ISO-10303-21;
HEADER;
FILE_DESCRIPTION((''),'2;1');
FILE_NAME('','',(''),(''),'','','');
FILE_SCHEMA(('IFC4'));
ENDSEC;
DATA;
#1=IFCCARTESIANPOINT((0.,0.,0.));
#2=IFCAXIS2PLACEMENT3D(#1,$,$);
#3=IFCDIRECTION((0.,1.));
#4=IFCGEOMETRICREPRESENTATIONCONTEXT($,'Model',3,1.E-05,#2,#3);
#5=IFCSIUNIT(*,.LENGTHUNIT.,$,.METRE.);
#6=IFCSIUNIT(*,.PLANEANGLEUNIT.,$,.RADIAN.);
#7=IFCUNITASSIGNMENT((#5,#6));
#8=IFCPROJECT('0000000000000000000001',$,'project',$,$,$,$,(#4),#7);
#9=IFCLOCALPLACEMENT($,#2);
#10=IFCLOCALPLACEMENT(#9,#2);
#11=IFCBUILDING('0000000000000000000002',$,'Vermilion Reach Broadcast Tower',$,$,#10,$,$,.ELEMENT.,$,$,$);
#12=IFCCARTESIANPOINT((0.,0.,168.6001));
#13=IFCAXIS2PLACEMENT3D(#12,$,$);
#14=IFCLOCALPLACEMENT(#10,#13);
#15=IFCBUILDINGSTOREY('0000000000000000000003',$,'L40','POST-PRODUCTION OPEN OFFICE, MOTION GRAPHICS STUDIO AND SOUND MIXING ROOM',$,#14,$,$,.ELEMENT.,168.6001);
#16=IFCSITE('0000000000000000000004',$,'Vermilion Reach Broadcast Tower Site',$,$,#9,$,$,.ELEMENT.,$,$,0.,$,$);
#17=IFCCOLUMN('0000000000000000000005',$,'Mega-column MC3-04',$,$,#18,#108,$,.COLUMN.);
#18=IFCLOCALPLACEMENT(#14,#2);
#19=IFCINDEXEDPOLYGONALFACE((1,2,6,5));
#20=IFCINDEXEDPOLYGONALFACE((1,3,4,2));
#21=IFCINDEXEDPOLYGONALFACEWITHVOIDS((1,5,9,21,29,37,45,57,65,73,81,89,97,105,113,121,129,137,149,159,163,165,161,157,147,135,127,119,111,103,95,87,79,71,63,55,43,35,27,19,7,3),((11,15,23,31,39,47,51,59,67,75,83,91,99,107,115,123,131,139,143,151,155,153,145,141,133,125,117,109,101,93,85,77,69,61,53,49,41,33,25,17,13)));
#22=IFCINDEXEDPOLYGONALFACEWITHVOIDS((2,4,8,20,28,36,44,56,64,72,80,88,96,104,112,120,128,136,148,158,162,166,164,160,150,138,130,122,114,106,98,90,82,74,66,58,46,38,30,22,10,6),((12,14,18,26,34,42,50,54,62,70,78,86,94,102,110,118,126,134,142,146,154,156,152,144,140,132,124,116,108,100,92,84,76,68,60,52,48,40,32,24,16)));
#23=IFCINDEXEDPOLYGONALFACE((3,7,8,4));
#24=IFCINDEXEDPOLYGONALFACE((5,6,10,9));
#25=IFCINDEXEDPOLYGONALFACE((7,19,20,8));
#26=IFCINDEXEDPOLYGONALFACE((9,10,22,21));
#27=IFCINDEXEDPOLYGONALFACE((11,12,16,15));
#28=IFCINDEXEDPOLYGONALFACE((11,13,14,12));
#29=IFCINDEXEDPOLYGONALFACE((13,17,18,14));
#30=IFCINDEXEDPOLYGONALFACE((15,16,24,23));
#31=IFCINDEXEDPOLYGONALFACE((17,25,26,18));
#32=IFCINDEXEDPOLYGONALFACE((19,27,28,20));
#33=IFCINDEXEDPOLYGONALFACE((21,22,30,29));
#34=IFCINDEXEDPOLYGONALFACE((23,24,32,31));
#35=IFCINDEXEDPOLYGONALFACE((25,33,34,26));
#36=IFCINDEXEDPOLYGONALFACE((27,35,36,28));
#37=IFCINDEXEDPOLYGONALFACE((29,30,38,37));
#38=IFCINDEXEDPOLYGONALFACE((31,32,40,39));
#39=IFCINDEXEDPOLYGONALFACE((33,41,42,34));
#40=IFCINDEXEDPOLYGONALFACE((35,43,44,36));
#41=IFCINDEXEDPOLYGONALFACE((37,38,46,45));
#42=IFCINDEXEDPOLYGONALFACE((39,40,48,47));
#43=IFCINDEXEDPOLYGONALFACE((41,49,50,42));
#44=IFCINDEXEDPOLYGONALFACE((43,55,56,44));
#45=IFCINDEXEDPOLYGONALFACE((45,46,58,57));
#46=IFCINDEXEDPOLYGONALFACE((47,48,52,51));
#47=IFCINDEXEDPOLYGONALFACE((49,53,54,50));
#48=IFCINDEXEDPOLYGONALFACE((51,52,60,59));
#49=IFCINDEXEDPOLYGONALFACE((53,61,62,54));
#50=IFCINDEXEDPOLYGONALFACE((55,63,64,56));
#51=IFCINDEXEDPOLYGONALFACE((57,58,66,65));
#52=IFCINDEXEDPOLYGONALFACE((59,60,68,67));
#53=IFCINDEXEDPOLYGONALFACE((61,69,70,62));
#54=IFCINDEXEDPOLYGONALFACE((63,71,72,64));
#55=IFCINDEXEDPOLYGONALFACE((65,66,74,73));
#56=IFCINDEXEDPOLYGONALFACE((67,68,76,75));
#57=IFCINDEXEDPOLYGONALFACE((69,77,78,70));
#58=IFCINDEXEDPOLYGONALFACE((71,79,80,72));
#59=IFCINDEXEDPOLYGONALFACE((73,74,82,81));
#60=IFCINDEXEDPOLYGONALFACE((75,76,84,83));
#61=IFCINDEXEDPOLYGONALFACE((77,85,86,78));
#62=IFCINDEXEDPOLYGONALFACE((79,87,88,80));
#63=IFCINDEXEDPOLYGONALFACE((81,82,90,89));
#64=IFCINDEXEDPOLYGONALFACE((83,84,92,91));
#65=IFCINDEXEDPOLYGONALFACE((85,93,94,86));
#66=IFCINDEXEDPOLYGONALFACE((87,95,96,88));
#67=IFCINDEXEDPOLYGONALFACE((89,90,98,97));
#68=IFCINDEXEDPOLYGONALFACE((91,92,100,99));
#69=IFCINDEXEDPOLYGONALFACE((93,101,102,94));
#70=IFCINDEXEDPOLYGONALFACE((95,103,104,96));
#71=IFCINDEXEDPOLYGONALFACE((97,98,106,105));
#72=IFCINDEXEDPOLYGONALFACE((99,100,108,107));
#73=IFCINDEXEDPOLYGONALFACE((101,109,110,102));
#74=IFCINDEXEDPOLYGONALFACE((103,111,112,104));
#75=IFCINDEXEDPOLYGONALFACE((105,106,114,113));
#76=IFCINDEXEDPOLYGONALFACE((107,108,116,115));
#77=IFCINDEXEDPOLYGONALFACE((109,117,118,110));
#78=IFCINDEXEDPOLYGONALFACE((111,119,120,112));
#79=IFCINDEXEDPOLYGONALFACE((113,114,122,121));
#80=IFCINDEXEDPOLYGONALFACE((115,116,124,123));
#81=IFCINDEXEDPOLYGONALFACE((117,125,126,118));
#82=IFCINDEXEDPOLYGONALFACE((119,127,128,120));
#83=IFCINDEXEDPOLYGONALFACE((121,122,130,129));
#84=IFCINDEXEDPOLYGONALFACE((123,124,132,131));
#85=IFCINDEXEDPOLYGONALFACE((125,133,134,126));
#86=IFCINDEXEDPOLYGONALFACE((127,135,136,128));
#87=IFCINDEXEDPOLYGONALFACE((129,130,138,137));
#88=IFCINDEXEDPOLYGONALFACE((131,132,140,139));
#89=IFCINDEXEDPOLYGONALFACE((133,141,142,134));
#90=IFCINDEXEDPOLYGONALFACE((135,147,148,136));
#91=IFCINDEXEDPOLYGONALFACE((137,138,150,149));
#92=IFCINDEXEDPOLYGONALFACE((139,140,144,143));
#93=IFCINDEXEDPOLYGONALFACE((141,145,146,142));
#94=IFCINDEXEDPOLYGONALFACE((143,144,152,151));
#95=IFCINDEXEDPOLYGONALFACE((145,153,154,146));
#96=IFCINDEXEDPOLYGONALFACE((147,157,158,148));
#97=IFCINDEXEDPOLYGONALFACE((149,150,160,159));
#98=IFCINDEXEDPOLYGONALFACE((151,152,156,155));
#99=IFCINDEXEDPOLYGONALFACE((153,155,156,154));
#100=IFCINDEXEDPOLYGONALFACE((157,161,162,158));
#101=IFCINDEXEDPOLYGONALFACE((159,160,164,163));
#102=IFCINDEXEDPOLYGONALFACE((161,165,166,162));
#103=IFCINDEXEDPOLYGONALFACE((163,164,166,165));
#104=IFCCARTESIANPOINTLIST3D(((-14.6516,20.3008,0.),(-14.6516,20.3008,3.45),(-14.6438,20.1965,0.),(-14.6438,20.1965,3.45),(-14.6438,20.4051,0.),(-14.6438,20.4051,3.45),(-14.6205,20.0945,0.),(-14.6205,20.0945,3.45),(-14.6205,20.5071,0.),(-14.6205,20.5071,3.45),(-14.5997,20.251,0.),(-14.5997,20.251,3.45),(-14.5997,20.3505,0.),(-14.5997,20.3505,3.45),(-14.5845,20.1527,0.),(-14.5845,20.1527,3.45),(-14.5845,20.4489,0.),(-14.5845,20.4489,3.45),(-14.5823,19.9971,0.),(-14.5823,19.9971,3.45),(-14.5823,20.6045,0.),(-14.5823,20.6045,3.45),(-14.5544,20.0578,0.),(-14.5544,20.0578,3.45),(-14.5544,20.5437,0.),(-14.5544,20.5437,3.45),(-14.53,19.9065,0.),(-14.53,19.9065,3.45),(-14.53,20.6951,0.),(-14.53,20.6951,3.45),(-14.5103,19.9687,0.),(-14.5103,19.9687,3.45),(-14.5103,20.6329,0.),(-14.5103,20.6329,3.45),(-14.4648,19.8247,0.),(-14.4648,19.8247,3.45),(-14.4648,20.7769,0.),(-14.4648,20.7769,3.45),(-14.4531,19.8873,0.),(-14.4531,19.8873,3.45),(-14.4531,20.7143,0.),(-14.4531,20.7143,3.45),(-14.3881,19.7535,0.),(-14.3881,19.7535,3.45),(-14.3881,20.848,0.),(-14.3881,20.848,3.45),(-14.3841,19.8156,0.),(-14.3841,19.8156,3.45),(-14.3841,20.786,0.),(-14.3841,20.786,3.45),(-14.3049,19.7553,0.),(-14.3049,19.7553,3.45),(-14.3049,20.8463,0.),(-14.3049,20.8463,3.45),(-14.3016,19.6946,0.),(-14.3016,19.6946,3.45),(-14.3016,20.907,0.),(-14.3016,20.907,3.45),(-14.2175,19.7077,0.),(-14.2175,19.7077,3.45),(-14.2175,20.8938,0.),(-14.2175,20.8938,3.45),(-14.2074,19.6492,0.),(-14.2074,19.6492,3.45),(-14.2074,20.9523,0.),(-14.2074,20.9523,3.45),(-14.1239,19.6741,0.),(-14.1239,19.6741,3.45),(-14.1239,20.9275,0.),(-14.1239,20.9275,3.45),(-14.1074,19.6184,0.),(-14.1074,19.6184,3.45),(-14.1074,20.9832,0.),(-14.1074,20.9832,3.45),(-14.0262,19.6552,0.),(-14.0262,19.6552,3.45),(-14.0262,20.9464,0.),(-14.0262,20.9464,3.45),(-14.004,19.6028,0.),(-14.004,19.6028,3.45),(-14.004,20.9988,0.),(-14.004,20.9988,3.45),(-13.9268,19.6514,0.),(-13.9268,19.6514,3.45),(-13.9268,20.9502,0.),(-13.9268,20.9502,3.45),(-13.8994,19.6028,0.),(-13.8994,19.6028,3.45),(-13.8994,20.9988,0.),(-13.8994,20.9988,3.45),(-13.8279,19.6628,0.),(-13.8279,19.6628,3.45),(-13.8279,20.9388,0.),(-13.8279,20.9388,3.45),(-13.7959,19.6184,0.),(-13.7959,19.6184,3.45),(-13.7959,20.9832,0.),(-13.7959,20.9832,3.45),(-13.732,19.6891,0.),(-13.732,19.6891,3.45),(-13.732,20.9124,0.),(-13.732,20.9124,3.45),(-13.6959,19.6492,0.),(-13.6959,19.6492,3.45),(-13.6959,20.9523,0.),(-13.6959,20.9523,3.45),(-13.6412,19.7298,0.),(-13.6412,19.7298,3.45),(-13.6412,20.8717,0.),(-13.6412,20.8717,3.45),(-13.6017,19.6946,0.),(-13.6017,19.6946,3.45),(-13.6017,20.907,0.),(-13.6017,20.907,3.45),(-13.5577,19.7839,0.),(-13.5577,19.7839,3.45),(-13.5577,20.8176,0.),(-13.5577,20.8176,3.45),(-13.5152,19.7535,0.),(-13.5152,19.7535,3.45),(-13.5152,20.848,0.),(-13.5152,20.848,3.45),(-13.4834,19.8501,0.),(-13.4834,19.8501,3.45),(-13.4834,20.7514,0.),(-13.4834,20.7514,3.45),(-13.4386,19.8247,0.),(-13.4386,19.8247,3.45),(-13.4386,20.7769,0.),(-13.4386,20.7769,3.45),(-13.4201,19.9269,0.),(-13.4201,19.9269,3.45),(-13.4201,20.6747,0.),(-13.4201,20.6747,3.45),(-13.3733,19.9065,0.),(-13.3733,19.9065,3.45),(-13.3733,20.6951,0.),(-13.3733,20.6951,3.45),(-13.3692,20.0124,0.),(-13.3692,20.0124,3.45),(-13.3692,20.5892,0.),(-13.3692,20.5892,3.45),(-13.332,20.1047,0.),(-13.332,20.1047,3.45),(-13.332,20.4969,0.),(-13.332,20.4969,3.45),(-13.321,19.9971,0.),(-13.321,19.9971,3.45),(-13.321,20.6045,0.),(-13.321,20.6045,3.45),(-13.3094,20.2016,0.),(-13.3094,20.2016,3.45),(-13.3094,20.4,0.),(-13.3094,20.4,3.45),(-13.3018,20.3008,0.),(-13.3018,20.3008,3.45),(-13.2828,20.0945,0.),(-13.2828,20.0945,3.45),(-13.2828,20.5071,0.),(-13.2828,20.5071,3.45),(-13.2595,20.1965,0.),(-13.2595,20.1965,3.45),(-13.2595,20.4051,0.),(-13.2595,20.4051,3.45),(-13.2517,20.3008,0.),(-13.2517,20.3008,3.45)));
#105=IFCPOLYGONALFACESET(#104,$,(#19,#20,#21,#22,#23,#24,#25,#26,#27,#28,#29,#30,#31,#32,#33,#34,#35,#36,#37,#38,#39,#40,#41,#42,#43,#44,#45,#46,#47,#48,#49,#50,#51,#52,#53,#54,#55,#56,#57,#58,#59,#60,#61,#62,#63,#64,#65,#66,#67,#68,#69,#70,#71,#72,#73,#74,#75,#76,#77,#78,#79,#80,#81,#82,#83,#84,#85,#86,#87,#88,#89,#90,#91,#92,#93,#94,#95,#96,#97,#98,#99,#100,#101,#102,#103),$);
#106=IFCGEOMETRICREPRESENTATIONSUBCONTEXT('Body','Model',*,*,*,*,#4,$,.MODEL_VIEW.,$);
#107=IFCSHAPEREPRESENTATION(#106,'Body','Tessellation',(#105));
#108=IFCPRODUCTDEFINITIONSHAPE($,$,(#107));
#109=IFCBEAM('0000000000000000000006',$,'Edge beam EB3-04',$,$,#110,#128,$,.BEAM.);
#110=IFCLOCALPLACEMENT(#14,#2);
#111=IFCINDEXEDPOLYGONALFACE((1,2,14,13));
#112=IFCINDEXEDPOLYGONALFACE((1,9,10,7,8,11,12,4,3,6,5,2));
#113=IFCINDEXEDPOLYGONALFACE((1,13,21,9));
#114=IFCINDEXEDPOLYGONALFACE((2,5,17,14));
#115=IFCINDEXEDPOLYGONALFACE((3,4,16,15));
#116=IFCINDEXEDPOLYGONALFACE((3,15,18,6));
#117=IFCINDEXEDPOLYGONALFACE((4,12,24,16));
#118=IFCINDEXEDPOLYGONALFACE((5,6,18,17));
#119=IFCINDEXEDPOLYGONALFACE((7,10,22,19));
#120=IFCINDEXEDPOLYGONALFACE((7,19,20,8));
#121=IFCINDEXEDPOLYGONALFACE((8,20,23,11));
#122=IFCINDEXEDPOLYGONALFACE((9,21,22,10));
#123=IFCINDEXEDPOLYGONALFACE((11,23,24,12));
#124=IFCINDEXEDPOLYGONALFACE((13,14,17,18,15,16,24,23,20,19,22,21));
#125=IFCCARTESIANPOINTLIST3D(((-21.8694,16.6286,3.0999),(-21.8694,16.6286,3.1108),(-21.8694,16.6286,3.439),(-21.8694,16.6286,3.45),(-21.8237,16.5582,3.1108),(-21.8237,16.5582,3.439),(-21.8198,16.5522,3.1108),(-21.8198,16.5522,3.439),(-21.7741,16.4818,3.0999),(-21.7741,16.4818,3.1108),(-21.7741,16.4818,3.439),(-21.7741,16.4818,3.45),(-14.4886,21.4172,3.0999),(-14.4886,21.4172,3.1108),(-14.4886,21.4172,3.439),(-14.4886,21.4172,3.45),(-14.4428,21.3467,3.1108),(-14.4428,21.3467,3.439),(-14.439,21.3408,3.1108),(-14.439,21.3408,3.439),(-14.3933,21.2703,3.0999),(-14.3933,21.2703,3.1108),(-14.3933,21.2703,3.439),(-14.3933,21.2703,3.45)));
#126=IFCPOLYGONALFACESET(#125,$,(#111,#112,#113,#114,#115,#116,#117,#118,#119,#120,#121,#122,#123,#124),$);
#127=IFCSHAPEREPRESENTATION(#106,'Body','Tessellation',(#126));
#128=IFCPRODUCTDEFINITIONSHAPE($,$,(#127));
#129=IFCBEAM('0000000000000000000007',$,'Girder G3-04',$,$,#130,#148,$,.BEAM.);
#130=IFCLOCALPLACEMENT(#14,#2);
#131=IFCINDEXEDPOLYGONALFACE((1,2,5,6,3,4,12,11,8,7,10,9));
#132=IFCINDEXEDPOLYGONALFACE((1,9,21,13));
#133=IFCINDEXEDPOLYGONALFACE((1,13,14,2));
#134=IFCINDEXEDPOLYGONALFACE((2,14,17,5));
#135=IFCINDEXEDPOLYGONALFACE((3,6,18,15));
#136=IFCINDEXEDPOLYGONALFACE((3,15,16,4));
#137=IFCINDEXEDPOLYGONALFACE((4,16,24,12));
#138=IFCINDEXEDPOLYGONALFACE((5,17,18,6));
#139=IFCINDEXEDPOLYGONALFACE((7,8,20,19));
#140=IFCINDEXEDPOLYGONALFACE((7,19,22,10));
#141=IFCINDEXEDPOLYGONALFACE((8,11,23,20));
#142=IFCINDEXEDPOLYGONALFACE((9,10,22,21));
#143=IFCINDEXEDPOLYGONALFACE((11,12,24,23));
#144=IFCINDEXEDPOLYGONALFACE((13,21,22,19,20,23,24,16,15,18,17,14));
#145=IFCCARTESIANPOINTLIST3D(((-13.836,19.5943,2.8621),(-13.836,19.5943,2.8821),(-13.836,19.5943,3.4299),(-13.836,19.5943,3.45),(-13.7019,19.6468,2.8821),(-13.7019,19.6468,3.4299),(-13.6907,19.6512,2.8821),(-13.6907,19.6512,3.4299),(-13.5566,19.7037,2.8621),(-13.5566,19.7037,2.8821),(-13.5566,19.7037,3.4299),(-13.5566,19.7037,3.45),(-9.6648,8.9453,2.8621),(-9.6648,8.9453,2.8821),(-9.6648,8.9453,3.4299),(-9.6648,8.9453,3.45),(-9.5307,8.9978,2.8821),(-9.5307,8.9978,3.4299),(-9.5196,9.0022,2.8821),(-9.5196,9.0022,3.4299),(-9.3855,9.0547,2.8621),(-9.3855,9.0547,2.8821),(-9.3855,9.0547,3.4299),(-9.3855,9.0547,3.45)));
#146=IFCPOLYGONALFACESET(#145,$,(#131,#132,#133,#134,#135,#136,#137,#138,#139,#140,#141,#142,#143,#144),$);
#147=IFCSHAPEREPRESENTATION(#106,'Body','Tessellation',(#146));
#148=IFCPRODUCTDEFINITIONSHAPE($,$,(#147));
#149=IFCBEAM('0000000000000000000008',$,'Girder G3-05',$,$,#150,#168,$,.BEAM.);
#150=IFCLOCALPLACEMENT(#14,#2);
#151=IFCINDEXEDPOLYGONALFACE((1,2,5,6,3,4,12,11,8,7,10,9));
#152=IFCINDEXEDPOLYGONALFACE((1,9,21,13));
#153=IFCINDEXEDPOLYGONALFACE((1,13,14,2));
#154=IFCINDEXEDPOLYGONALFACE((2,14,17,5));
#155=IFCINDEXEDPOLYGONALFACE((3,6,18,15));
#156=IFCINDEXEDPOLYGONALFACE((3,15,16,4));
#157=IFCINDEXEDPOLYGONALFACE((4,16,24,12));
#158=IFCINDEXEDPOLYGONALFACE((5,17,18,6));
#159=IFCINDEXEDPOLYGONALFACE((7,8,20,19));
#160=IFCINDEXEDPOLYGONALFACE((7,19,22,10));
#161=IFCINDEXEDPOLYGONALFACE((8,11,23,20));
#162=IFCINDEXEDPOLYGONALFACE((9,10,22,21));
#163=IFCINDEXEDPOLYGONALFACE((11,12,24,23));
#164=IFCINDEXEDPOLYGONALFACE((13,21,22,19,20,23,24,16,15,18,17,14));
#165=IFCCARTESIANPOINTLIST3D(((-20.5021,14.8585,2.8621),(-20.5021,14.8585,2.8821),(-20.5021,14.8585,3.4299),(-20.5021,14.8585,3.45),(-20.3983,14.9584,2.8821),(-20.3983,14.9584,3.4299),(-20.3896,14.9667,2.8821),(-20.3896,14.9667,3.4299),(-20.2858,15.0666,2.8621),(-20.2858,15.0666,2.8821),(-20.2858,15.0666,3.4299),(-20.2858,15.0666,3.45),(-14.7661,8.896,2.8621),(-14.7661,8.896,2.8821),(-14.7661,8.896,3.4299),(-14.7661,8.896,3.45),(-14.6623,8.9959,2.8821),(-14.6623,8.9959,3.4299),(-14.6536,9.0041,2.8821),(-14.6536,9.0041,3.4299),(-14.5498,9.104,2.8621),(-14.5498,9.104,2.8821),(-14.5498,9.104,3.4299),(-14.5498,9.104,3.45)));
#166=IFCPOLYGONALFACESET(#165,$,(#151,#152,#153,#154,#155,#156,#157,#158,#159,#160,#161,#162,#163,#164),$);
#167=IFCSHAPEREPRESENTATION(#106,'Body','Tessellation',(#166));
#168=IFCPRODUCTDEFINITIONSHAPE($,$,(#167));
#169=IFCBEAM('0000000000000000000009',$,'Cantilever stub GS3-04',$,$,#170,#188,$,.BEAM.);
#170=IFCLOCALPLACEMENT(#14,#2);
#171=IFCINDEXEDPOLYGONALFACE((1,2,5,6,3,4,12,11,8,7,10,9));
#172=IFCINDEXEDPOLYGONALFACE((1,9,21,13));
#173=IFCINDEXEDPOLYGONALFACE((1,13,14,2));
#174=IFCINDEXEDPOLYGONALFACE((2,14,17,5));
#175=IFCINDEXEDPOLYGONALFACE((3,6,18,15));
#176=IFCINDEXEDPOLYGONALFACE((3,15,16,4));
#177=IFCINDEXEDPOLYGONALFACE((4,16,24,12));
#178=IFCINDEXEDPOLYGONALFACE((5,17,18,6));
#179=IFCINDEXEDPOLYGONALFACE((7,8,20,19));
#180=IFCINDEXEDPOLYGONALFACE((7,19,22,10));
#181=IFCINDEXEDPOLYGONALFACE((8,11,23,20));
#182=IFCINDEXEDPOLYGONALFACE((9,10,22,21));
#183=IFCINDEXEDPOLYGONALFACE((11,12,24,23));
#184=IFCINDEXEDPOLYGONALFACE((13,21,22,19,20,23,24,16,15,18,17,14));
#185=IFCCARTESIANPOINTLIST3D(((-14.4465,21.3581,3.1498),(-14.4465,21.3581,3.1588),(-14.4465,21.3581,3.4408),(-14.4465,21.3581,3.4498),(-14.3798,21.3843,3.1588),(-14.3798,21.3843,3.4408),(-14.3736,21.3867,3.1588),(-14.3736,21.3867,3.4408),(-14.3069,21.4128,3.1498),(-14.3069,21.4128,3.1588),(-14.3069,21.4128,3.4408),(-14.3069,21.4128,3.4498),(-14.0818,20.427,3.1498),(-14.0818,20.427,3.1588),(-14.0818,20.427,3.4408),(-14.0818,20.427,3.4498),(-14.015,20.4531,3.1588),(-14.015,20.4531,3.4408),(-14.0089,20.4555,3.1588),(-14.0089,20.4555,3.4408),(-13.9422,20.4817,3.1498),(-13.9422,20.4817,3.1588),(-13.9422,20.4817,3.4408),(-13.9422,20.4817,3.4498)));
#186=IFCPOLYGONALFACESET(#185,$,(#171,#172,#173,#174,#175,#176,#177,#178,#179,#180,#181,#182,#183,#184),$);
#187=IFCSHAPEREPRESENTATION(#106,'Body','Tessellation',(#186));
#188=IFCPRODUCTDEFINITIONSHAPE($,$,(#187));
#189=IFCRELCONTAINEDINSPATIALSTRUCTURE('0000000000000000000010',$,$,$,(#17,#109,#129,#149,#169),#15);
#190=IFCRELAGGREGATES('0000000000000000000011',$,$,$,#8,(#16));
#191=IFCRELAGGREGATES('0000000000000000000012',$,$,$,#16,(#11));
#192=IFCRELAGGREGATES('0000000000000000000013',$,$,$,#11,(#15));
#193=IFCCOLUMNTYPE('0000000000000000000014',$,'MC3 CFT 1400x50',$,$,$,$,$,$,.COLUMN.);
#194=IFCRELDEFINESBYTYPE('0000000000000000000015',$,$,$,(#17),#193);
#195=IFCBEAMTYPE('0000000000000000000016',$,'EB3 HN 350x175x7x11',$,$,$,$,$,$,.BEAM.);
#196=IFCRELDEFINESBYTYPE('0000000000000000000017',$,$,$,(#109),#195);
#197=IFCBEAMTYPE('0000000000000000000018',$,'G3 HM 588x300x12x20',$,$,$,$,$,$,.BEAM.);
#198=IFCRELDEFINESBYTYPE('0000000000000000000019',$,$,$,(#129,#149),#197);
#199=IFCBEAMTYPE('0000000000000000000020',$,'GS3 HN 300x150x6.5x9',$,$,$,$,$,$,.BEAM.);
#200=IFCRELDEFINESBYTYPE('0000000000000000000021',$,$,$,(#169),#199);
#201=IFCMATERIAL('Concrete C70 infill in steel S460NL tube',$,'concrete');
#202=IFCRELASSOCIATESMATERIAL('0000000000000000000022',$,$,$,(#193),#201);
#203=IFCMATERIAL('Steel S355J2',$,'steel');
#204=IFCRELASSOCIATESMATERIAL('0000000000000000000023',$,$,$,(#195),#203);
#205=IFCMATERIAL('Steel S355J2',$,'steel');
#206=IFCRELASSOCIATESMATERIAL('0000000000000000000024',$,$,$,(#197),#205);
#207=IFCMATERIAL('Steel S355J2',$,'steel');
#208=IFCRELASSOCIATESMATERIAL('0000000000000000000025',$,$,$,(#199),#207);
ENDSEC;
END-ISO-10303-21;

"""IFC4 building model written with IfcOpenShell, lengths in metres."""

from ifc_helpers import new_model, si_unit, direction, frame, origin, origin_2d, place, context, subcontext, project, spatial, hollow_circle, i_section, extrude, material, material_profile, profile_set, type_object, element, save


model = new_model("IFC4")

# Units and contexts
model_context = context("Model", 3, precision=1e-05, world=origin(), true_north=direction((0.0, 1.0)))
body_context = subcontext(model_context, "Body", "Model", "MODEL_VIEW")
ifc_project = project(units=[si_unit("LENGTHUNIT", "METRE"), si_unit("PLANEANGLEUNIT", "RADIAN")], contexts=[model_context])

# Site, building, storey
site_placement = place(None, origin())
site = spatial("IfcSite", under=ifc_project, at=site_placement, Name="Vermilion Reach Broadcast Tower Site", CompositionType="ELEMENT", RefElevation=0.0)
building_placement = place(site_placement, origin())
building = spatial("IfcBuilding", under=site, at=building_placement, Name="Vermilion Reach Broadcast Tower", CompositionType="ELEMENT")
storey_placement = place(building_placement, frame((0.0, 0.0, 168.6001)))
storey = spatial("IfcBuildingStorey", under=building, at=storey_placement, Name="L40", Description="POST-PRODUCTION OPEN OFFICE, MOTION GRAPHICS STUDIO AND SOUND MIXING ROOM", CompositionType="ELEMENT", Elevation=168.6001)

# Column
ifc_material_1 = material(Name="Concrete C70 infill in steel S460NL tube", Category="concrete")
ifc_material_profile_1 = material_profile(ifc_material_1, hollow_circle(Radius=0.7, WallThickness=0.05, at=origin_2d()), Name="Concrete C70 infill in steel S460NL tube CFT 1400x50")
ifc_profile_set_1 = profile_set([ifc_material_profile_1], Name="Concrete C70 infill in steel S460NL tube")
column_type = type_object("IfcColumnType", Name="MC3 CFT 1400x50", PredefinedType="COLUMN", material=ifc_profile_set_1)
column_placement = place(storey_placement, frame((-13.9517, 20.3008, 0.0), z_axis=(0.0, 0.0, 1.0), x_axis=(1.0, 0.0, 0.0)))
element("IfcColumn", 1, at=column_placement, inside=storey, type_object=column_type, Name="Mega-column MC3-04", PredefinedType="COLUMN", context=body_context, shape_type="SweptSolid", body=[
    extrude(hollow_circle(Radius=0.7, WallThickness=0.05, at=origin_2d()), origin(), (0.0, 0.0, 1.0), 3.45),
])

# Beams
ifc_material_2 = material(Name="Steel S355J2", Category="steel")
ifc_material_profile_2 = material_profile(ifc_material_2, i_section(OverallWidth=0.175, OverallDepth=0.3501, WebThickness=0.0071, FlangeThickness=0.011, at=origin_2d()), Name="S355J2 HN 350x175x7x11")
ifc_profile_set_2 = profile_set([ifc_material_profile_2], Name="Steel S355J2")
beam_type_1 = type_object("IfcBeamType", Name="EB3 HN 350x175x7x11", PredefinedType="BEAM", material=ifc_profile_set_2)
beam_1_placement = place(storey_placement, frame((-14.4409, 21.3438, 3.2749), z_axis=(-0.83891, -0.54427, 0.0), x_axis=(0.54427, -0.83891, 0.0)))
element("IfcBeam", 2, at=beam_1_placement, inside=storey, type_object=beam_type_1, Name="Edge beam EB3-04", PredefinedType="BEAM", context=body_context, shape_type="SweptSolid", body=[
    extrude(i_section(OverallWidth=0.175, OverallDepth=0.3501, WebThickness=0.0071, FlangeThickness=0.011, at=origin_2d()), origin(), (0.0, 0.0, 1.0), 8.7981),
])
ifc_material_3 = material(Name="Steel S355J2", Category="steel")
ifc_material_profile_3 = material_profile(ifc_material_3, i_section(OverallWidth=0.3, OverallDepth=0.5879, WebThickness=0.012, FlangeThickness=0.02, at=origin_2d()), Name="S355J2 HM 588x300x12x20")
ifc_profile_set_3 = profile_set([ifc_material_profile_3], Name="Steel S355J2")
beam_type_2 = type_object("IfcBeamType", Name="G3 HM 588x300x12x20", PredefinedType="BEAM", material=ifc_profile_set_3)
beam_2_placement = place(storey_placement, frame((-9.5251, 9.0, 3.156), z_axis=(-0.364716, 0.931119, 0.0), x_axis=(-0.931119, -0.364716, 0.0)))
element("IfcBeam", 3, at=beam_2_placement, inside=storey, type_object=beam_type_2, Name="Girder G3-04", PredefinedType="BEAM", context=body_context, shape_type="SweptSolid", body=[
    extrude(i_section(OverallWidth=0.3, OverallDepth=0.5879, WebThickness=0.012, FlangeThickness=0.02, at=origin_2d()), origin(), (0.0, 0.0, 1.0), 11.4368),
])
beam_3_placement = place(storey_placement, frame((-14.658, 9.0, 3.156), z_axis=(-0.693283, 0.720666, 0.0), x_axis=(-0.720666, -0.693283, 0.0)))
element("IfcBeam", 4, at=beam_3_placement, inside=storey, type_object=beam_type_2, Name="Girder G3-05", PredefinedType="BEAM", context=body_context, shape_type="SweptSolid", body=[
    extrude(i_section(OverallWidth=0.3, OverallDepth=0.5879, WebThickness=0.012, FlangeThickness=0.02, at=origin_2d()), origin(), (0.0, 0.0, 1.0), 8.2737),
])
ifc_material_4 = material(Name="Steel S355J2", Category="steel")
ifc_material_profile_4 = material_profile(ifc_material_4, i_section(OverallWidth=0.1499, OverallDepth=0.3, WebThickness=0.0066, FlangeThickness=0.009, at=origin_2d()), Name="S355J2 HN 300x150x6.5x9")
ifc_profile_set_4 = profile_set([ifc_material_profile_4], Name="Steel S355J2")
beam_type_3 = type_object("IfcBeamType", Name="GS3 HN 300x150x6.5x9", PredefinedType="BEAM", material=ifc_profile_set_4)
beam_4_placement = place(storey_placement, frame((-14.012, 20.4543, 3.2998), z_axis=(-0.364731, 0.931113, 0.0), x_axis=(-0.931113, -0.364731, 0.0)))
element("IfcBeam", 5, at=beam_4_placement, inside=storey, type_object=beam_type_3, Name="Cantilever stub GS3-04", PredefinedType="BEAM", context=body_context, shape_type="SweptSolid", body=[
    extrude(i_section(OverallWidth=0.1499, OverallDepth=0.3, WebThickness=0.0066, FlangeThickness=0.009, at=origin_2d()), origin(), (0.0, 0.0, 1.0), 1.0),
])

save(model, "model.ifc")
